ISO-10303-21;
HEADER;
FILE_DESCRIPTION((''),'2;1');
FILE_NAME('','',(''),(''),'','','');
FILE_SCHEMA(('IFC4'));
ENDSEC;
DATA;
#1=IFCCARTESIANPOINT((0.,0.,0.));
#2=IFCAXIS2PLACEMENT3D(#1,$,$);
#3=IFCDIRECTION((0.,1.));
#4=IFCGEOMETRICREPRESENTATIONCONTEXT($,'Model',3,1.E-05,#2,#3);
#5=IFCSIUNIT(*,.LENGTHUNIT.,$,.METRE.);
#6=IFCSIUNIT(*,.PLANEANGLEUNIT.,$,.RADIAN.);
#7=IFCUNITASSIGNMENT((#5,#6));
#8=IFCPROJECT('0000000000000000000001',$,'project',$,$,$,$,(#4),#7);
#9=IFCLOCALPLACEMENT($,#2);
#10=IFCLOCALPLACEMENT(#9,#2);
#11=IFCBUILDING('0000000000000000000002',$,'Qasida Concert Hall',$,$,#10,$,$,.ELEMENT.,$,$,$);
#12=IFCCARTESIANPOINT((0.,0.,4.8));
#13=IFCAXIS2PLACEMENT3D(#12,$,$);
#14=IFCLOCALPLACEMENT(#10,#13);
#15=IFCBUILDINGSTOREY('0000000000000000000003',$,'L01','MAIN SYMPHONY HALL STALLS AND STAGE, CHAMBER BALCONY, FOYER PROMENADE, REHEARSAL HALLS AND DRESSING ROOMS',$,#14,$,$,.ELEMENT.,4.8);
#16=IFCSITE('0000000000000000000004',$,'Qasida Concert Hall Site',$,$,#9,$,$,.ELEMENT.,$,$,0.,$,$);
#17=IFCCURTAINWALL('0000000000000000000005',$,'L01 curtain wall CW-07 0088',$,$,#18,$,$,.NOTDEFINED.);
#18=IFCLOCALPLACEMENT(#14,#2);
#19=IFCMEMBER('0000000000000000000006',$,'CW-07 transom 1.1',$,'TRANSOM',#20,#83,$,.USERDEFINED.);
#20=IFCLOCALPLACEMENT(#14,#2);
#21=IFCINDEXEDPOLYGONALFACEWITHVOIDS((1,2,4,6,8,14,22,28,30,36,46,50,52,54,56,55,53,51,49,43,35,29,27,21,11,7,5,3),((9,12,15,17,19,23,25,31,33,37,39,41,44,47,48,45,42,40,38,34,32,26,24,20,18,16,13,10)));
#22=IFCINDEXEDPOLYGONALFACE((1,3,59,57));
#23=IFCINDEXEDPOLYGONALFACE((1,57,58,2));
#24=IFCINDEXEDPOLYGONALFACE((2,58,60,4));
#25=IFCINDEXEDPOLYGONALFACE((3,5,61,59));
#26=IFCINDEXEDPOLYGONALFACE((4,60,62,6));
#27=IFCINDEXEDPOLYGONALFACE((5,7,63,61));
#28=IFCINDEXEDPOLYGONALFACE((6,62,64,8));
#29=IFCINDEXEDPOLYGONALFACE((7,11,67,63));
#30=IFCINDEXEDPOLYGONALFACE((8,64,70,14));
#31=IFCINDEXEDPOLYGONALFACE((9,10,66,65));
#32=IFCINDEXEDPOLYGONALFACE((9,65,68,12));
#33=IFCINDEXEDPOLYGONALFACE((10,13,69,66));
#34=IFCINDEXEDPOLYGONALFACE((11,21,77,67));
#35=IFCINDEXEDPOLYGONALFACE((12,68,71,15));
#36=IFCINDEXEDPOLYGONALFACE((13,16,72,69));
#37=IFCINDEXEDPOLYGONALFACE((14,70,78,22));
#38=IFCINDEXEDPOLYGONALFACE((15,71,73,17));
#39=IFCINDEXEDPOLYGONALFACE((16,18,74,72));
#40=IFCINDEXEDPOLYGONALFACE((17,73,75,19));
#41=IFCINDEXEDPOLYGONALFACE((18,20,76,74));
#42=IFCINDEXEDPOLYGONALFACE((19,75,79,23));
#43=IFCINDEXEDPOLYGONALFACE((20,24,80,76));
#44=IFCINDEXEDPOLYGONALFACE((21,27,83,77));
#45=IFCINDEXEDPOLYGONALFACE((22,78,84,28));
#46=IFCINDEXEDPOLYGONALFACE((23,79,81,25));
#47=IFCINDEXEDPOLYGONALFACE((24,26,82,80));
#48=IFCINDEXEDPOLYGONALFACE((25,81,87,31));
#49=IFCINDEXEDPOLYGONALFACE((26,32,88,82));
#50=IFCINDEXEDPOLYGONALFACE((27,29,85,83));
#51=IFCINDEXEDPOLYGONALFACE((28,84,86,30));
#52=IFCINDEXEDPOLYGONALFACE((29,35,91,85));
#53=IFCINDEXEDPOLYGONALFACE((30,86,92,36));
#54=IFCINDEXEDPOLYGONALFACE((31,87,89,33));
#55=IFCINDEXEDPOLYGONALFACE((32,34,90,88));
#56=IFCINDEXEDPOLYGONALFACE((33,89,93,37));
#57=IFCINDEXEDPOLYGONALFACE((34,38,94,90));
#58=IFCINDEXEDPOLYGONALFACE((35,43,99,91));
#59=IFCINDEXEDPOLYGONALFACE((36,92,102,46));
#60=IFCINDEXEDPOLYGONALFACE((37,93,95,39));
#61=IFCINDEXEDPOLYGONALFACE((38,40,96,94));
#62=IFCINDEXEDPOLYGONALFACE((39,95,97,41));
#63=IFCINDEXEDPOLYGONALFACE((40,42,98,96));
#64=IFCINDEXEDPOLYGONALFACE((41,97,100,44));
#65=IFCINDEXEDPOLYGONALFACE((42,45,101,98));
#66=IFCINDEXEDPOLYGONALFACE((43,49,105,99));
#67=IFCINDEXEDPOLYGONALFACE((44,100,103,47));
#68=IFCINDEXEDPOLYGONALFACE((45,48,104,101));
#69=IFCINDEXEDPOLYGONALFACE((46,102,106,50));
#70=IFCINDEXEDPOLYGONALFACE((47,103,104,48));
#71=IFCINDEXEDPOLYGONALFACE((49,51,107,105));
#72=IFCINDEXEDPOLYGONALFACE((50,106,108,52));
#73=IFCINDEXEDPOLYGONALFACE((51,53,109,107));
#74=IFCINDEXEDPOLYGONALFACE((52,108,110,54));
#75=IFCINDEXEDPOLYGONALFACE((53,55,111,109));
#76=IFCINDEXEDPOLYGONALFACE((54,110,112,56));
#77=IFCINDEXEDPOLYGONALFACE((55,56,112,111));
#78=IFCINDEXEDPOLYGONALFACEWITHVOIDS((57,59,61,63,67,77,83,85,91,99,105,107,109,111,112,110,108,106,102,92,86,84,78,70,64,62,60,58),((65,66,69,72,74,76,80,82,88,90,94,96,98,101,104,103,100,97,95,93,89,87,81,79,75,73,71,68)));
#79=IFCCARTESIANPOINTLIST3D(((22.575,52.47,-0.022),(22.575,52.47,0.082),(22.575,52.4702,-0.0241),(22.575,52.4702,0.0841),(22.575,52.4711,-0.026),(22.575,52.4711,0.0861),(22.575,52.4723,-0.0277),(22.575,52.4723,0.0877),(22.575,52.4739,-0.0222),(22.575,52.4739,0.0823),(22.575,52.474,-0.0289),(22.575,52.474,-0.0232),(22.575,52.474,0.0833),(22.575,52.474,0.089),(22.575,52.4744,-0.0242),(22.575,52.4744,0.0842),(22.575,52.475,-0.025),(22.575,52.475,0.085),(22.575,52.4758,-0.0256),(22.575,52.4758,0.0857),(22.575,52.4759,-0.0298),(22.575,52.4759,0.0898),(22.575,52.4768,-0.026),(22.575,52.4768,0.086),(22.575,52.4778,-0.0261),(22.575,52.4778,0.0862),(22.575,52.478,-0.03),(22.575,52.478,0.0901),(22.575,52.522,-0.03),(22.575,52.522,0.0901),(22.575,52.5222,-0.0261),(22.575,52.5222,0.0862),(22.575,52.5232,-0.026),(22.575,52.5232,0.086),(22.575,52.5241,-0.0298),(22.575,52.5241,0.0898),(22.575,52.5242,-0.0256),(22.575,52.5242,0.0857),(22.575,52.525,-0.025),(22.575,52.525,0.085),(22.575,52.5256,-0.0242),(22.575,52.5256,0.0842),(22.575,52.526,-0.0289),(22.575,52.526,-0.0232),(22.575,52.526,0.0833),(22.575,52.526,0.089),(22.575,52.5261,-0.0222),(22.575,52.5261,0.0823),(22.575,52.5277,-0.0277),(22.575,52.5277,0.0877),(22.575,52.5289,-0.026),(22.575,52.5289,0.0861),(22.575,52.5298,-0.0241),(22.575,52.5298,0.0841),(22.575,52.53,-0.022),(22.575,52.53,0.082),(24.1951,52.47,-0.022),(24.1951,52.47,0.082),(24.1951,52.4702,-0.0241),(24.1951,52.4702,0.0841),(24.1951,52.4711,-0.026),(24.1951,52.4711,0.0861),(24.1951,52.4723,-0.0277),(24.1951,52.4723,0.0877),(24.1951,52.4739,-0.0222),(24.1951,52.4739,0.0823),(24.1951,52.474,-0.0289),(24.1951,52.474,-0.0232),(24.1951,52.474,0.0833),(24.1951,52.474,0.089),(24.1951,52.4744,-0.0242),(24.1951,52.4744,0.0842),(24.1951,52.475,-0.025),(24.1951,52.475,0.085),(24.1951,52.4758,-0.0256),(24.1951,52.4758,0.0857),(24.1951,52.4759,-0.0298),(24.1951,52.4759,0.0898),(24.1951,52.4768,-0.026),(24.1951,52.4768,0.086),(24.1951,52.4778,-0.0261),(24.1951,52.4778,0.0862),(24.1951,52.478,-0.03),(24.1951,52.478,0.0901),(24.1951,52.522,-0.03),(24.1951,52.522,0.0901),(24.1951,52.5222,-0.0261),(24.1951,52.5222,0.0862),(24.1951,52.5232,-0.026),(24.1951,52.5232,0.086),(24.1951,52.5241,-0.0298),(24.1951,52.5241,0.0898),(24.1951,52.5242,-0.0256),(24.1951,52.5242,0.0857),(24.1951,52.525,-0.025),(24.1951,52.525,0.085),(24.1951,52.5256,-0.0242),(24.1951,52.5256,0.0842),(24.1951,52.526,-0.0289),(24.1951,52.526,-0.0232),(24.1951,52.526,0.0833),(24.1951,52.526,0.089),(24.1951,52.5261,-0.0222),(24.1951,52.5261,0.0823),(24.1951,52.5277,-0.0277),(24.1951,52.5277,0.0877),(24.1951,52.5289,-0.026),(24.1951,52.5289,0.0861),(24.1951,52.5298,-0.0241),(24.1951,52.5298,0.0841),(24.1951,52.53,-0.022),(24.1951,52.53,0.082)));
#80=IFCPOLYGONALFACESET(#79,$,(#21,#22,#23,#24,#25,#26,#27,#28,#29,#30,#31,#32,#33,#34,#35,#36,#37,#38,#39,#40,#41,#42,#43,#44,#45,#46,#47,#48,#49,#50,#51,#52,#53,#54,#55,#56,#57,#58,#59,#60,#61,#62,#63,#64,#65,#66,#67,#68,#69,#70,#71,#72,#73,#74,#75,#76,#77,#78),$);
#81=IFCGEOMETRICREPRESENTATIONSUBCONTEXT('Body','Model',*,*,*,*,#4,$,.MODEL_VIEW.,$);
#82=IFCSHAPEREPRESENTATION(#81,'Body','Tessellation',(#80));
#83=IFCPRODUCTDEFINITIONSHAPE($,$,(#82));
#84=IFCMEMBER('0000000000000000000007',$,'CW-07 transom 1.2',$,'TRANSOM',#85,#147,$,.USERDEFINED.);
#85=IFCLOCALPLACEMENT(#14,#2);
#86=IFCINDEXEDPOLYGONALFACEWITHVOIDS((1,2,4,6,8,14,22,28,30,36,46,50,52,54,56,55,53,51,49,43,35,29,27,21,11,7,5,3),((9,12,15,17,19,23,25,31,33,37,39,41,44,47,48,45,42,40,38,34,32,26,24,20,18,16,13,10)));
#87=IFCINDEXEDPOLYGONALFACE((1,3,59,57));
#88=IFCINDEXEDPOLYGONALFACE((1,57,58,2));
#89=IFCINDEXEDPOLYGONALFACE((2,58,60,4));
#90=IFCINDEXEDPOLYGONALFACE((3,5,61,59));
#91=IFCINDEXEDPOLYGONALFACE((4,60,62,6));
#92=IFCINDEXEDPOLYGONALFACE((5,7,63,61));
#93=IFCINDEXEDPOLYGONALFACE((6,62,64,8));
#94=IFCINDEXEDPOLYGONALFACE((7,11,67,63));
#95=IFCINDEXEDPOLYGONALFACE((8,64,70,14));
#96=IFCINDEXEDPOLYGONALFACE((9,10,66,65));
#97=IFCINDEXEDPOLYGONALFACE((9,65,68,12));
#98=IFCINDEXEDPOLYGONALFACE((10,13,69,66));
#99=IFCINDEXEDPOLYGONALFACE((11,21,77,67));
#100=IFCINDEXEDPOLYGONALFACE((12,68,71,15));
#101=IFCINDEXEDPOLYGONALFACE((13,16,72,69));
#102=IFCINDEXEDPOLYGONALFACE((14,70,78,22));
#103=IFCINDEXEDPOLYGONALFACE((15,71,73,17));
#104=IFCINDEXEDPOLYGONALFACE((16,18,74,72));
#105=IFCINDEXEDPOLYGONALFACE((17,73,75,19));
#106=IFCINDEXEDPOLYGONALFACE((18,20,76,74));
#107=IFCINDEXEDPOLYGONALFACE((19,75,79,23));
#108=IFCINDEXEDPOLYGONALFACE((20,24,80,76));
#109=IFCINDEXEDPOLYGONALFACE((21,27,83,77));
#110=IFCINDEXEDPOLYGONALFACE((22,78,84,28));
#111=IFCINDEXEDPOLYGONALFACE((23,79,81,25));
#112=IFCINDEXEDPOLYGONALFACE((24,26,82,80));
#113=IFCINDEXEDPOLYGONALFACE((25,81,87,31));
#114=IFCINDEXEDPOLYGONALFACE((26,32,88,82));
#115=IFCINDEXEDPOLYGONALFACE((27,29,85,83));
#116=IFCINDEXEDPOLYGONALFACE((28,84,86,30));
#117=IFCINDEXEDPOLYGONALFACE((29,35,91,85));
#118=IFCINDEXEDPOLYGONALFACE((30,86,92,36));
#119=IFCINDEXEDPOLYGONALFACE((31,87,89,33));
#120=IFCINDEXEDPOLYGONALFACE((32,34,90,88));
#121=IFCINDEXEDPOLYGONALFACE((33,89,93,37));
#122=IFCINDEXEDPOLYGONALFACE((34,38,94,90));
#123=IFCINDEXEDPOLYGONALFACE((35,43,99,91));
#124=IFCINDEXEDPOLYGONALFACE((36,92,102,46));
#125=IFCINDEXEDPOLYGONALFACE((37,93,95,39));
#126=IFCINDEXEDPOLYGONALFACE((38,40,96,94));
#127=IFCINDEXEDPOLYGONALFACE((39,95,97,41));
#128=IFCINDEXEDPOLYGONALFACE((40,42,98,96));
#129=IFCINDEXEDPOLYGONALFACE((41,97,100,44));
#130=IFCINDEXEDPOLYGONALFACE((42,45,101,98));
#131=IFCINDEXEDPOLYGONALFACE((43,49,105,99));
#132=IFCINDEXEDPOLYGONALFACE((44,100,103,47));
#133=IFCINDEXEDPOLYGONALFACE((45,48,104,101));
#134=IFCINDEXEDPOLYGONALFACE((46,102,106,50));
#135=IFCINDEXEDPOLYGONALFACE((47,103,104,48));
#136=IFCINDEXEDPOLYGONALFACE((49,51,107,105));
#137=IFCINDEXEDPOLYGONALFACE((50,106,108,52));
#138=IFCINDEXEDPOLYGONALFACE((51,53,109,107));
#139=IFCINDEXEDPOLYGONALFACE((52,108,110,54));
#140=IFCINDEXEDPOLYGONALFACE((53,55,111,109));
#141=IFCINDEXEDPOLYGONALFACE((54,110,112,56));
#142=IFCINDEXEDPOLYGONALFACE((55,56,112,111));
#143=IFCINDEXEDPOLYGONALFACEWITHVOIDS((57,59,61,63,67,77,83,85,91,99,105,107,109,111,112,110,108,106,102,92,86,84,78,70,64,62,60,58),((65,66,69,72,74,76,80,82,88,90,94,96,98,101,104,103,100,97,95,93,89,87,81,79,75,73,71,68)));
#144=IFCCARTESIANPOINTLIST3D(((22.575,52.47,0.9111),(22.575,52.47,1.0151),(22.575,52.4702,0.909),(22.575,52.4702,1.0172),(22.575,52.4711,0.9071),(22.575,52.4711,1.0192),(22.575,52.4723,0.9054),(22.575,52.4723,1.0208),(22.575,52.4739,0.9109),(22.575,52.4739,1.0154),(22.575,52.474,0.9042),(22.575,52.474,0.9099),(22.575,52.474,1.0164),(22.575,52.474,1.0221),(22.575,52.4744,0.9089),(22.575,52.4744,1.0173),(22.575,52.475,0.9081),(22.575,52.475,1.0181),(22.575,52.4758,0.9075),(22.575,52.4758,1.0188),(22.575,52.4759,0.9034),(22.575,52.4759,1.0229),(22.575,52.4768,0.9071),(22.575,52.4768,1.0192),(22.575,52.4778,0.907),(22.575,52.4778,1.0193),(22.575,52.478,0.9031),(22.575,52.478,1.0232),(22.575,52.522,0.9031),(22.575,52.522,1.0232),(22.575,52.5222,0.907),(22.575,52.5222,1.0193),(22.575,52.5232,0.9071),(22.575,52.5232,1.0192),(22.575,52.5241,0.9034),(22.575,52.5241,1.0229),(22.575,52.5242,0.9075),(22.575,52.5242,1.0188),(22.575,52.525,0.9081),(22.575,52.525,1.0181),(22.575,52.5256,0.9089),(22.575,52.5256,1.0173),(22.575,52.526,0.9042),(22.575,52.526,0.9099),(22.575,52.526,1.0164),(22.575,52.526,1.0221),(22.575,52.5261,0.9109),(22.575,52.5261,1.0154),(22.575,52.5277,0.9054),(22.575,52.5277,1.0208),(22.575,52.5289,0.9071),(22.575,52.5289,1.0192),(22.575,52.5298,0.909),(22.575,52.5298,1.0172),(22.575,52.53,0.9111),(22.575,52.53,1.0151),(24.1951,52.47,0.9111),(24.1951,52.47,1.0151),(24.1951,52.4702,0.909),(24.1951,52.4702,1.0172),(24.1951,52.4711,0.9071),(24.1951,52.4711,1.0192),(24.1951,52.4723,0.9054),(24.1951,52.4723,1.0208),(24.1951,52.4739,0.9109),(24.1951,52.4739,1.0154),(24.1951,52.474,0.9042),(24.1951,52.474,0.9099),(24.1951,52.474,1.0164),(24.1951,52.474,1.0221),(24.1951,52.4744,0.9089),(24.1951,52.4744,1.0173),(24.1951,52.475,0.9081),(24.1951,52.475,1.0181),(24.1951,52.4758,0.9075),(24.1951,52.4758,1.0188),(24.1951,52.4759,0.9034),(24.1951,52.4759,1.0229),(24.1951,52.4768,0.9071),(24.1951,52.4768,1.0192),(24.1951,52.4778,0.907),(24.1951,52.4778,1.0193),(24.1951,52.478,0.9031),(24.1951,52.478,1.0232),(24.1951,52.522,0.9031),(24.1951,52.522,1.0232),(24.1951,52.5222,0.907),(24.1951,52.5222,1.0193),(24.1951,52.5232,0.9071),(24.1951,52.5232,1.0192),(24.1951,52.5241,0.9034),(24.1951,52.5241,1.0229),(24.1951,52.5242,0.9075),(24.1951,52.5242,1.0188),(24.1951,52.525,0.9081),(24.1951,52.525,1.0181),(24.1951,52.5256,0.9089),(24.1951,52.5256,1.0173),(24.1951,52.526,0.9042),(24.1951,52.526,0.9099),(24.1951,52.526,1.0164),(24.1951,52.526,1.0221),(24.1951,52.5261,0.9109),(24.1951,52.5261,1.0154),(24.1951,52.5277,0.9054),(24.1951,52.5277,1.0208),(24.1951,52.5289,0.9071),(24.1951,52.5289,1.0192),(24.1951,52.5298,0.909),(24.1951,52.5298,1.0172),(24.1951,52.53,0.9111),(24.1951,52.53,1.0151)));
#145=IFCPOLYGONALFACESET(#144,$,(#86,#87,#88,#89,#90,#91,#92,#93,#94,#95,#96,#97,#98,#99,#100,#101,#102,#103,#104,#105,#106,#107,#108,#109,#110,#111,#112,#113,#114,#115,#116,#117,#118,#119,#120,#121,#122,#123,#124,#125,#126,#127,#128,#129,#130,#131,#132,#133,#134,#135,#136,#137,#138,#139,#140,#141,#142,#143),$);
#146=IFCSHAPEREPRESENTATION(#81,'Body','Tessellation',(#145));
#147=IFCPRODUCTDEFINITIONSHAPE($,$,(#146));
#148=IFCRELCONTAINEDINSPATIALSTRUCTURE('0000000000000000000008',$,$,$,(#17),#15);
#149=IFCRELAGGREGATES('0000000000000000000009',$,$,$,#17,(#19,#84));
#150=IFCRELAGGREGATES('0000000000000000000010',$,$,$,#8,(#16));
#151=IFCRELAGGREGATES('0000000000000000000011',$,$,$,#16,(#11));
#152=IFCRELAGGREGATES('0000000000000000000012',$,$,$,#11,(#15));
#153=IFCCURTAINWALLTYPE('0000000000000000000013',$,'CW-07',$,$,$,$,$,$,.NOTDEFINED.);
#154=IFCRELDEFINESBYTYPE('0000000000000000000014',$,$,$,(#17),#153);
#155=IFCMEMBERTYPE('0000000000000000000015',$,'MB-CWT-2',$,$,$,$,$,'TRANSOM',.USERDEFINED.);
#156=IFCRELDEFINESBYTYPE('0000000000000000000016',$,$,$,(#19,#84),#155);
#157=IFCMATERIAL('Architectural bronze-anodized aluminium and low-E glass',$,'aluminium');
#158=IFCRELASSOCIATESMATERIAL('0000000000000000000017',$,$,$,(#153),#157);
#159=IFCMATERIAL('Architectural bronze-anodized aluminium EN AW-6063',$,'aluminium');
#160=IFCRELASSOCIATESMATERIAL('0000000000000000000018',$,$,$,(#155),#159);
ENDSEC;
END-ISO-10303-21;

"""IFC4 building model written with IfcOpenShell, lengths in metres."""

from ifc_helpers import new_model, si_unit, direction, frame, origin, origin_2d, place, context, subcontext, project, spatial, hollow_rectangle, extrude, material, material_profile, profile_set, type_object, element, aggregate, save


model = new_model("IFC4")

# Units and contexts
model_context = context("Model", 3, precision=1e-05, world=origin(), true_north=direction((0.0, 1.0)))
body_context = subcontext(model_context, "Body", "Model", "MODEL_VIEW")
ifc_project = project(units=[si_unit("LENGTHUNIT", "METRE"), si_unit("PLANEANGLEUNIT", "RADIAN")], contexts=[model_context])

# Site, building, storey
site_placement = place(None, origin())
site = spatial("IfcSite", under=ifc_project, at=site_placement, Name="Qasida Concert Hall Site", CompositionType="ELEMENT", RefElevation=0.0)
building_placement = place(site_placement, origin())
building = spatial("IfcBuilding", under=site, at=building_placement, Name="Qasida Concert Hall", CompositionType="ELEMENT")
storey_placement = place(building_placement, frame((0.0, 0.0, 4.8)))
storey = spatial("IfcBuildingStorey", under=building, at=storey_placement, Name="L01", Description="MAIN SYMPHONY HALL STALLS AND STAGE, CHAMBER BALCONY, FOYER PROMENADE, REHEARSAL HALLS AND DRESSING ROOMS", CompositionType="ELEMENT", Elevation=4.8)

# Curtain wall
ifc_material_1 = material(Name="Architectural bronze-anodized aluminium and low-E glass", Category="aluminium")
curtain_wall_type_1 = type_object("IfcCurtainWallType", Name="CW-07", PredefinedType="NOTDEFINED", material=ifc_material_1)
curtain_wall_1_placement = place(storey_placement, origin())
curtain_wall_1 = element("IfcCurtainWall", 1, at=curtain_wall_1_placement, inside=storey, type_object=curtain_wall_type_1, Name="L01 curtain wall CW-07 0088", PredefinedType="NOTDEFINED")
ifc_material_2 = material(Name="Architectural bronze-anodized aluminium EN AW-6063", Category="aluminium")

# Members
ifc_material_profile_1 = material_profile(ifc_material_2, hollow_rectangle(XDim=0.0601, YDim=0.1201, WallThickness=0.0039, InnerFilletRadius=0.0039, OuterFilletRadius=0.0081, at=origin_2d()), Name="CWT 120x60x4")
ifc_profile_set_1 = profile_set([ifc_material_profile_1], Name="Architectural bronze-anodized aluminium EN AW-6063")
member_type_1 = type_object("IfcMemberType", Name="MB-CWT-2", ElementType="TRANSOM", PredefinedType="USERDEFINED", material=ifc_profile_set_1)
member_1_placement = place(storey_placement, frame((22.575, 52.5, 0.03), z_axis=(1.0, 0.0, 0.0), x_axis=(0.0, 1.0, 0.0)))
member_1 = element("IfcMember", 2, at=member_1_placement, type_object=member_type_1, Name="CW-07 transom 1.1", ObjectType="TRANSOM", PredefinedType="USERDEFINED", context=body_context, shape_type="SweptSolid", body=[
    extrude(hollow_rectangle(XDim=0.0601, YDim=0.1201, WallThickness=0.0039, InnerFilletRadius=0.0039, OuterFilletRadius=0.0081, at=origin_2d()), origin(), (0.0, 0.0, 1.0), 1.6201),
])
member_2_placement = place(storey_placement, frame((22.575, 52.5, 0.9631), z_axis=(1.0, 0.0, 0.0), x_axis=(0.0, 1.0, 0.0)))
member_2 = element("IfcMember", 3, at=member_2_placement, type_object=member_type_1, Name="CW-07 transom 1.2", ObjectType="TRANSOM", PredefinedType="USERDEFINED", context=body_context, shape_type="SweptSolid", body=[
    extrude(hollow_rectangle(XDim=0.0601, YDim=0.1201, WallThickness=0.0039, InnerFilletRadius=0.0039, OuterFilletRadius=0.0081, at=origin_2d()), origin(), (0.0, 0.0, 1.0), 1.6201),
])

aggregate(curtain_wall_1, [member_1, member_2])

save(model, "model.ifc")
